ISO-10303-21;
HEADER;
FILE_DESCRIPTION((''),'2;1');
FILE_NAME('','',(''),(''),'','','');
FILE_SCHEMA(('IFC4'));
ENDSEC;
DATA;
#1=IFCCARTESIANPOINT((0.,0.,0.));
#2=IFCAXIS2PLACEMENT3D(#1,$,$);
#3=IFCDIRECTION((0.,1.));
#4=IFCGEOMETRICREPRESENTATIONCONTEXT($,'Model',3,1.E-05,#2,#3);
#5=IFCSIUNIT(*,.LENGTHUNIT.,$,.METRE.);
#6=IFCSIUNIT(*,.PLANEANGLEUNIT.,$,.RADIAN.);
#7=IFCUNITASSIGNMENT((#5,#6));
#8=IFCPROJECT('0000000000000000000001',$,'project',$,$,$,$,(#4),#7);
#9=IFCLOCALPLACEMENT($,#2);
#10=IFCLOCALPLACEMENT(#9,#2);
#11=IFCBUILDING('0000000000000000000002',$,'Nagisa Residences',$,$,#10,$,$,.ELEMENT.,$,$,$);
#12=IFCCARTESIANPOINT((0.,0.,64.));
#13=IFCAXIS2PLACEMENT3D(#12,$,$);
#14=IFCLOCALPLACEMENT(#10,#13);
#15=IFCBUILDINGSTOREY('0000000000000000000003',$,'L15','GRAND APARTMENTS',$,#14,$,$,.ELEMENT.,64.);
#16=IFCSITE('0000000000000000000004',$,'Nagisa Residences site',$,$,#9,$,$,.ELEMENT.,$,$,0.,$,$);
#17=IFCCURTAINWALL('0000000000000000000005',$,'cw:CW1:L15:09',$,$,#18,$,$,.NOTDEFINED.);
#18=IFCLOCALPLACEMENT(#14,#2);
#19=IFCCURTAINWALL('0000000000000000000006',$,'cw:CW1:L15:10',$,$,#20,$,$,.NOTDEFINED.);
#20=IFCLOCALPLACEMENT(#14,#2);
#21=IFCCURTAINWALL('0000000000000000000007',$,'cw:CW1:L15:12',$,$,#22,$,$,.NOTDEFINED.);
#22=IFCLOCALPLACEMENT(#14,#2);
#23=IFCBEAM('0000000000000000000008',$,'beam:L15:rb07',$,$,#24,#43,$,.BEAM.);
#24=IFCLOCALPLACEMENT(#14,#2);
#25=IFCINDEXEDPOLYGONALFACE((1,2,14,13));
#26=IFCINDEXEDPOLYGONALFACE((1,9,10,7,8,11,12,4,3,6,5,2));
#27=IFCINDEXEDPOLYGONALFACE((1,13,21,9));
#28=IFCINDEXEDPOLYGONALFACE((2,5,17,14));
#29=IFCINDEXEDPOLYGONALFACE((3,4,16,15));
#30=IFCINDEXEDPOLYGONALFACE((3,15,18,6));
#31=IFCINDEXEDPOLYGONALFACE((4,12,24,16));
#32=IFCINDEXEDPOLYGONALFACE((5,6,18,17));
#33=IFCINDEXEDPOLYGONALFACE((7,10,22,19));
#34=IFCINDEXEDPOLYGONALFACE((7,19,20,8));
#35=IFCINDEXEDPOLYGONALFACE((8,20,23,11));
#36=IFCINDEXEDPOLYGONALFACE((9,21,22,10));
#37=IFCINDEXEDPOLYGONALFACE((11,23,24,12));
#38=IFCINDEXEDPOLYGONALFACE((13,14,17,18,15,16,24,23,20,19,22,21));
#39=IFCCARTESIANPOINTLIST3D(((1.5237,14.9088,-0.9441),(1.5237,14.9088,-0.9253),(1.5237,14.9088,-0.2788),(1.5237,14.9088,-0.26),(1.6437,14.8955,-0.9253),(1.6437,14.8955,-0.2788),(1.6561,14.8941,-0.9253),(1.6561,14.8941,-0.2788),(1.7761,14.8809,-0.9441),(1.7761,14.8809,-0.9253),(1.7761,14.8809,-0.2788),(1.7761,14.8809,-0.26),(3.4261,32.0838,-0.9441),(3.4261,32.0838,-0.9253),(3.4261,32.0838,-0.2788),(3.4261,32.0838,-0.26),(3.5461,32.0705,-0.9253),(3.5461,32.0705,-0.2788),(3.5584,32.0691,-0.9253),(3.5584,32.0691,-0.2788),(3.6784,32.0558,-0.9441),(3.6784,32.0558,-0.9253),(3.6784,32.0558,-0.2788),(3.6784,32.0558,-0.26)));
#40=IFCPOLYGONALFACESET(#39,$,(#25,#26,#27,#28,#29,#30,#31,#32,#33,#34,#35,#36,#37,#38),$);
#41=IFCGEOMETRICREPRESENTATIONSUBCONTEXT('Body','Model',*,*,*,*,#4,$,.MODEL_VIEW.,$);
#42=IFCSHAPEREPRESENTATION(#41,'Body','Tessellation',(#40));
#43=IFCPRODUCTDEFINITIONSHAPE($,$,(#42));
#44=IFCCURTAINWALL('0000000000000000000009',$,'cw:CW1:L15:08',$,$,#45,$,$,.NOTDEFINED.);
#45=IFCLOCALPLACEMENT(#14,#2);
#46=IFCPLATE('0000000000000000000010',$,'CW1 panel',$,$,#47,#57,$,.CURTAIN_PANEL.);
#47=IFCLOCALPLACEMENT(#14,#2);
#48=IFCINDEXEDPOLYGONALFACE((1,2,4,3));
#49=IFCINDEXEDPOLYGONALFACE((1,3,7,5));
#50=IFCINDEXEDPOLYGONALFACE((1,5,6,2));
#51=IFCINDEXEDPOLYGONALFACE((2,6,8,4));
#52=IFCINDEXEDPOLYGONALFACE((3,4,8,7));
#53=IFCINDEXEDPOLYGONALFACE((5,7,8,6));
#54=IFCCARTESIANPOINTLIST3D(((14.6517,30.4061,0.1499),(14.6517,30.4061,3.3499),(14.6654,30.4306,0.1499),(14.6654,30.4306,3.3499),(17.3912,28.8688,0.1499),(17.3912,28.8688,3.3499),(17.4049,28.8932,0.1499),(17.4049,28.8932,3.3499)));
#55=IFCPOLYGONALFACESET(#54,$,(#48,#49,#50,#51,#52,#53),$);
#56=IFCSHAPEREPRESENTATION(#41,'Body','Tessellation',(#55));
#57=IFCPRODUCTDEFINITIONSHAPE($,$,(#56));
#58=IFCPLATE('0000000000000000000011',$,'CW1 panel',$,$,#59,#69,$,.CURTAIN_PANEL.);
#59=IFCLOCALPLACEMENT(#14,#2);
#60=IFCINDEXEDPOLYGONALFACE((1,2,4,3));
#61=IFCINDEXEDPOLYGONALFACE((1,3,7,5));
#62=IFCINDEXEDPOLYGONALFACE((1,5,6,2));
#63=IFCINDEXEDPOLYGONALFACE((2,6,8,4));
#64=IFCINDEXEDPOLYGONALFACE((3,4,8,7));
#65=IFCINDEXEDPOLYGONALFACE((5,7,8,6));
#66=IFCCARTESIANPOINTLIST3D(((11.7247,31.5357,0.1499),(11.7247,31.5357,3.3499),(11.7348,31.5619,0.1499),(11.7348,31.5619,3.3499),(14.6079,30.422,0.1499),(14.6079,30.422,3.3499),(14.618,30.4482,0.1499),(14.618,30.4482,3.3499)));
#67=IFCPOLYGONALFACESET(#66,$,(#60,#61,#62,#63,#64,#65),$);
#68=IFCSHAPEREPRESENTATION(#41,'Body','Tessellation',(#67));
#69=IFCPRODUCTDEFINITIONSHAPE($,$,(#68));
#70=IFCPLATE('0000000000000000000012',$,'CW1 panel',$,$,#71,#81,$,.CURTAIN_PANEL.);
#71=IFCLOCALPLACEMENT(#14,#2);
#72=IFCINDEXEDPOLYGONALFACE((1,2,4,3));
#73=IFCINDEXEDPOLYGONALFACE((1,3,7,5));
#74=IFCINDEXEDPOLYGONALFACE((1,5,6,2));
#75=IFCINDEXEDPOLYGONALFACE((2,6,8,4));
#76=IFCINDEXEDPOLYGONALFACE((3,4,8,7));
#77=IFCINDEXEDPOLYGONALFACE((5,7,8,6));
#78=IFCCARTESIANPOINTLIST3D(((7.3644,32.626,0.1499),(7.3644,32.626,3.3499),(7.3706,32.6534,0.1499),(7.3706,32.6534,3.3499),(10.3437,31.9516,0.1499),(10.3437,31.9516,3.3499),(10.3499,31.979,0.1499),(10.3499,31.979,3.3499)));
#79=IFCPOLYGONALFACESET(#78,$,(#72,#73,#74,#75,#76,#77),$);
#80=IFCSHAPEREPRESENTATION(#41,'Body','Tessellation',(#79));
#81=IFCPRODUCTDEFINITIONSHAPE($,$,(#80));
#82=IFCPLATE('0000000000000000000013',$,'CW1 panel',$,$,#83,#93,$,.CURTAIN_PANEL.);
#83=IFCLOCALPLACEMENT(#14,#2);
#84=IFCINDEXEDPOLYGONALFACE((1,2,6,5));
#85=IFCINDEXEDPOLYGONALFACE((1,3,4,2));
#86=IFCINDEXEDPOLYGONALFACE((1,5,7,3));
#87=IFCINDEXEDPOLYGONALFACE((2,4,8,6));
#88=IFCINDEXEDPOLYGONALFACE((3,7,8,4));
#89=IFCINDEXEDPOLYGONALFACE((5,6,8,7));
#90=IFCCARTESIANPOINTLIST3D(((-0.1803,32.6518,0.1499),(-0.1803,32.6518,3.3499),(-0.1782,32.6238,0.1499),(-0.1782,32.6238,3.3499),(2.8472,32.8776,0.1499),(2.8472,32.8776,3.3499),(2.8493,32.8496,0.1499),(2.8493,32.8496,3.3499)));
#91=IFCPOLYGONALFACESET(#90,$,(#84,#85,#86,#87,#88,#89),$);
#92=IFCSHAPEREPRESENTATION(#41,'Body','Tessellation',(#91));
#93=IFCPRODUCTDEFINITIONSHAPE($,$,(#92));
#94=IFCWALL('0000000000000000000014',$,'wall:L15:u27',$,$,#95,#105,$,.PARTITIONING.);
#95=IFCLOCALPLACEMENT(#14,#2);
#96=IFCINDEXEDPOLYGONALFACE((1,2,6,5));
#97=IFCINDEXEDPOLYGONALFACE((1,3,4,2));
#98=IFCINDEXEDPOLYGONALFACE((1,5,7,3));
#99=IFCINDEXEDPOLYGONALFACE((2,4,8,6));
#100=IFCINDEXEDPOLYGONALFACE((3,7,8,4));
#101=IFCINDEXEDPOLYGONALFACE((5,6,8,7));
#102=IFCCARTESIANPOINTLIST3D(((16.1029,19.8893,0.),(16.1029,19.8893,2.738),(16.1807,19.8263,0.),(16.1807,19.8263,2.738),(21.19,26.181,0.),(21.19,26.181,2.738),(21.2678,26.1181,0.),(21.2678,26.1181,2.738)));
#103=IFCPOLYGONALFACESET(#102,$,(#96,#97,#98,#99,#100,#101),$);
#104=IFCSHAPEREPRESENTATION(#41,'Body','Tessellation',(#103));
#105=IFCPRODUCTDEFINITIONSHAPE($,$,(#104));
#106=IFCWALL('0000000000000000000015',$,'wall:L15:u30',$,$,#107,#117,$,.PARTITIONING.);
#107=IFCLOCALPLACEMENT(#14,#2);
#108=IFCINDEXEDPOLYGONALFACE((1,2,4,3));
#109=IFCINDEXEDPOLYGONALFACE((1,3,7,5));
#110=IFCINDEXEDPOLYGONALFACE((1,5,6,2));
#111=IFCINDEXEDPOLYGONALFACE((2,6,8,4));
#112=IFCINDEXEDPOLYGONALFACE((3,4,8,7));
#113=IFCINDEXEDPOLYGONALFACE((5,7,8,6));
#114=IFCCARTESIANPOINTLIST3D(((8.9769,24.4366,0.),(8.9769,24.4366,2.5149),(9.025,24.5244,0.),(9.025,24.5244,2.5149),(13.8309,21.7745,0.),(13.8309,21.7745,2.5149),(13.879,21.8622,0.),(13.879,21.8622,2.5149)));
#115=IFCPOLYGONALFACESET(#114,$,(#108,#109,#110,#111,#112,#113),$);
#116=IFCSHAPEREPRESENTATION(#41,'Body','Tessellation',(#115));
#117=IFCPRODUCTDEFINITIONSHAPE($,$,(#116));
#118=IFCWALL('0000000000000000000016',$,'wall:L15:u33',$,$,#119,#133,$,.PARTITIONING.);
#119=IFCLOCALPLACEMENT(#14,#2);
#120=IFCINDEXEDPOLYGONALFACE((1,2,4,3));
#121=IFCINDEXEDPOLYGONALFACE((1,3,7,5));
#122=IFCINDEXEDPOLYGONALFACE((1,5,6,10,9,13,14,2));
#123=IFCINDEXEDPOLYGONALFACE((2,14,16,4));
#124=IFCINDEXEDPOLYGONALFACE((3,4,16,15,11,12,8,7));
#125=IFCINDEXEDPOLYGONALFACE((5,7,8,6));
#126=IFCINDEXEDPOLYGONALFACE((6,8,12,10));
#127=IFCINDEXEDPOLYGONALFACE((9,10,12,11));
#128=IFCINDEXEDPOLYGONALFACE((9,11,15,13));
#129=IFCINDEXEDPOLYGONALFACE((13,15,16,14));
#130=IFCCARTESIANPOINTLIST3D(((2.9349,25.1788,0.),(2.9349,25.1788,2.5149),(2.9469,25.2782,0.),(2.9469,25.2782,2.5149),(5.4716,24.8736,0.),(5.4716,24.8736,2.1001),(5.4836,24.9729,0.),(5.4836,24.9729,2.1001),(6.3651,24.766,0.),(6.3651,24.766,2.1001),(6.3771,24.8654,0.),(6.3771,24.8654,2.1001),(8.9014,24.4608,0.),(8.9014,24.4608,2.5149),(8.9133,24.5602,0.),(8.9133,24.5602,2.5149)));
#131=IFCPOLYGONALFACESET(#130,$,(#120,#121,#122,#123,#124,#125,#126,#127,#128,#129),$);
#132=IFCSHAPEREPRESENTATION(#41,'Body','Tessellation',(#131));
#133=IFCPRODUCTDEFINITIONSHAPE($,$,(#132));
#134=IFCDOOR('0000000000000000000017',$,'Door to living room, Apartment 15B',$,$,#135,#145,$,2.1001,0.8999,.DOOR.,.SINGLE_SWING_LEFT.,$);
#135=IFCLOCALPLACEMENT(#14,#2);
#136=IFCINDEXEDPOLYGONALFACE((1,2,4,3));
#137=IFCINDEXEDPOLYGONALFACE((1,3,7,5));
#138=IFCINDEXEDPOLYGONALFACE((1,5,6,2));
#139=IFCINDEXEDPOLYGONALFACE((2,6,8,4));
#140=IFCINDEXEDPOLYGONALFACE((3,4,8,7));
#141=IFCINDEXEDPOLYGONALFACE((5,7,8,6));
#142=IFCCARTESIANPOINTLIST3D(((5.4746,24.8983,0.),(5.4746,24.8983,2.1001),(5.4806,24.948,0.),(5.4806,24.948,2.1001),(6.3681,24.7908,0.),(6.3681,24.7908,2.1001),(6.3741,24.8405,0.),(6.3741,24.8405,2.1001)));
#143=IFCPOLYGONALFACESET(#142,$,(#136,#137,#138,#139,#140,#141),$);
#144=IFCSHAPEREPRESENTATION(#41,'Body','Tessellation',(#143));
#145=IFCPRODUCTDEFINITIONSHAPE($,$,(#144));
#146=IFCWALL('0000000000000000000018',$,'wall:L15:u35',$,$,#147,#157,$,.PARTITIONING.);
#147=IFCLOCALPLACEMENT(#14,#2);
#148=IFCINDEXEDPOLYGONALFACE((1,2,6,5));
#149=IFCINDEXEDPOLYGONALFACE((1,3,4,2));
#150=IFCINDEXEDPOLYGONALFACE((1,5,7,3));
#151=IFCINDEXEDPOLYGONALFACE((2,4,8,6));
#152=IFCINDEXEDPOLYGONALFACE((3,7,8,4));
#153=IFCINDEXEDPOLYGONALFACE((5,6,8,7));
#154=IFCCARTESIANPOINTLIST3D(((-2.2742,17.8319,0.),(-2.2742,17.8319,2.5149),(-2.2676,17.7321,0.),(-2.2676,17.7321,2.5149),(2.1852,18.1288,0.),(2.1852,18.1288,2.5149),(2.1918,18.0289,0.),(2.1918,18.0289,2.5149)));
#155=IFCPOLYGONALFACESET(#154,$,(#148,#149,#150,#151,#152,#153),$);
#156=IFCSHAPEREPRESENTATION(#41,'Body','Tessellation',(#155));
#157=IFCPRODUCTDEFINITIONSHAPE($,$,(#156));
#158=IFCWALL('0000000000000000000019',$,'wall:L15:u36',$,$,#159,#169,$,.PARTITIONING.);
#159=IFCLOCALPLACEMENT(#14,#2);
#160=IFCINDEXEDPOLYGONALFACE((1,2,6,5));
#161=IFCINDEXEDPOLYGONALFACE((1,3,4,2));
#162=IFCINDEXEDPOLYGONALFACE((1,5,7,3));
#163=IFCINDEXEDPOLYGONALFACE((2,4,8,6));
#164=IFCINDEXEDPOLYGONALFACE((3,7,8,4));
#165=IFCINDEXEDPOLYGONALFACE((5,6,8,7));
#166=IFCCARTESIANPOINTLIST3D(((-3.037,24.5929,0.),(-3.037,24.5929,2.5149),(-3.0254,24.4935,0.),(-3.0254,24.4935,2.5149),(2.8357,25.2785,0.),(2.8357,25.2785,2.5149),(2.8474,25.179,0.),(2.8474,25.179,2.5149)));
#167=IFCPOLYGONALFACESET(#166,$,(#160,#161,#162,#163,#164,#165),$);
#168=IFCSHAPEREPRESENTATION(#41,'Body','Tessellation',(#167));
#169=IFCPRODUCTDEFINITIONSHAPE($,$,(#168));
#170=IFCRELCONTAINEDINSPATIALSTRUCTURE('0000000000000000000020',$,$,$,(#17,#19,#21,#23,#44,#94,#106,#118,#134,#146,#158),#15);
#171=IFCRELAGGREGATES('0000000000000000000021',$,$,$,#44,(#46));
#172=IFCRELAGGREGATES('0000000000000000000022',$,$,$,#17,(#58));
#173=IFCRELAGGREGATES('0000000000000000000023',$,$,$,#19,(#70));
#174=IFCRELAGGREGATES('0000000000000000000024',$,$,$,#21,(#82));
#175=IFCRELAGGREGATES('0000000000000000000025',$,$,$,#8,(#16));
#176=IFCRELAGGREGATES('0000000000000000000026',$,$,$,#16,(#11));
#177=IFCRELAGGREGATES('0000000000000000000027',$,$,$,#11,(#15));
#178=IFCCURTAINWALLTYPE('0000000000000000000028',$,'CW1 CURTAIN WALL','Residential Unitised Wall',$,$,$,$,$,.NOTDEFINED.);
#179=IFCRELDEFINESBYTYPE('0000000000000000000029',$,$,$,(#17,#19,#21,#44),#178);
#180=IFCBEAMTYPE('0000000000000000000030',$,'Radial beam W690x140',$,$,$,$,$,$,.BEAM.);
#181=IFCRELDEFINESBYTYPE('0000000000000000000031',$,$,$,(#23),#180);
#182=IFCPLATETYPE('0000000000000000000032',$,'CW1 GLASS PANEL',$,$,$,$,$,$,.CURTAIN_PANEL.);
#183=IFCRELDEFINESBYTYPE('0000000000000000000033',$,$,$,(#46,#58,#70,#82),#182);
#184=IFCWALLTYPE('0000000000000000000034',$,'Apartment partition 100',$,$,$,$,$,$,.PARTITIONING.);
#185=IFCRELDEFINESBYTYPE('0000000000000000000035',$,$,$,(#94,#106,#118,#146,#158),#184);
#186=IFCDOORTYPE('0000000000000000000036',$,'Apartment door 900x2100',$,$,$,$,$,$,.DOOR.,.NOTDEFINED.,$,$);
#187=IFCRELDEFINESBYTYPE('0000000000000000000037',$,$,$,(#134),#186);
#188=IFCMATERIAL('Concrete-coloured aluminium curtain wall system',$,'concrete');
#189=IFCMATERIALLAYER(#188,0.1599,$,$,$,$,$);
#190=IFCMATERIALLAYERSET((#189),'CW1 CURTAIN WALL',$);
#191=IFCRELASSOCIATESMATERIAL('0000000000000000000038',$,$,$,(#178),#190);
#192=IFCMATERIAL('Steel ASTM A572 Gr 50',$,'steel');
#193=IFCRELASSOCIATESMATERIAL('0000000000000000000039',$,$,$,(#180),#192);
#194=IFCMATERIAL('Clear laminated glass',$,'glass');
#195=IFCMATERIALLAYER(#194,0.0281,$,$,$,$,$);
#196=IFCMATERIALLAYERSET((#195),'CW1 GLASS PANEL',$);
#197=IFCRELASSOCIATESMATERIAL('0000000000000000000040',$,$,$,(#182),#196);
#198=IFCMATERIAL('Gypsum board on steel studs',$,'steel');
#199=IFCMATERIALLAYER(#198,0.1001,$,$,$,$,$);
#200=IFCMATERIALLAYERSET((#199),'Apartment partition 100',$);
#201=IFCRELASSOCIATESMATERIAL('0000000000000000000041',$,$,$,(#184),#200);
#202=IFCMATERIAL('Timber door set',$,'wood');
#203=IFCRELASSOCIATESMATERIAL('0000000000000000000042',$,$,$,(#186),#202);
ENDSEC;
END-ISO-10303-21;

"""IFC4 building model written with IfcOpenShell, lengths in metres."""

from ifc_helpers import new_model, si_unit, direction, frame, frame_2d, origin, origin_2d, place, context, subcontext, project, spatial, rectangle, i_section, extrude, material, layer, layer_set, material_profile, profile_set, type_object, element, fill, aggregate, save


model = new_model("IFC4")

# Units and contexts
model_context = context("Model", 3, precision=1e-05, world=origin(), true_north=direction((0.0, 1.0)))
body_context = subcontext(model_context, "Body", "Model", "MODEL_VIEW")
ifc_project = project(units=[si_unit("LENGTHUNIT", "METRE"), si_unit("PLANEANGLEUNIT", "RADIAN")], contexts=[model_context])

# Site, building, storey
site_placement = place(None, origin())
site = spatial("IfcSite", under=ifc_project, at=site_placement, Name="Nagisa Residences site", CompositionType="ELEMENT", RefElevation=0.0)
building_placement = place(site_placement, origin())
building = spatial("IfcBuilding", under=site, at=building_placement, Name="Nagisa Residences", CompositionType="ELEMENT")
storey_placement = place(building_placement, frame((0.0, 0.0, 64.0)))
storey = spatial("IfcBuildingStorey", under=building, at=storey_placement, Name="L15", Description="GRAND APARTMENTS", CompositionType="ELEMENT", Elevation=64.0)

# Curtain walls
ifc_material_1 = material(Name="Concrete-coloured aluminium curtain wall system", Category="concrete")
ifc_layer_1 = layer(ifc_material_1, 0.1599)
ifc_layer_set_1 = layer_set([ifc_layer_1], Name="CW1 CURTAIN WALL")
curtain_wall_type = type_object("IfcCurtainWallType", Name="CW1 CURTAIN WALL", Description="Residential Unitised Wall", PredefinedType="NOTDEFINED", material=ifc_layer_set_1)
curtain_wall_1_placement = place(storey_placement, origin())
curtain_wall_1 = element("IfcCurtainWall", 1, at=curtain_wall_1_placement, inside=storey, type_object=curtain_wall_type, Name="cw:CW1:L15:09", PredefinedType="NOTDEFINED")
curtain_wall_2_placement = place(storey_placement, origin())
curtain_wall_2 = element("IfcCurtainWall", 2, at=curtain_wall_2_placement, inside=storey, type_object=curtain_wall_type, Name="cw:CW1:L15:10", PredefinedType="NOTDEFINED")
curtain_wall_3_placement = place(storey_placement, origin())
curtain_wall_3 = element("IfcCurtainWall", 3, at=curtain_wall_3_placement, inside=storey, type_object=curtain_wall_type, Name="cw:CW1:L15:12", PredefinedType="NOTDEFINED")

# Beam
ifc_material_2 = material(Name="Steel ASTM A572 Gr 50", Category="steel")
ifc_material_profile_1 = material_profile(ifc_material_2, i_section(OverallWidth=0.2539, OverallDepth=0.6841, WebThickness=0.0125, FlangeThickness=0.0188, at=origin_2d()), Name="W690x140")
ifc_profile_set_1 = profile_set([ifc_material_profile_1], Name="Steel ASTM A572 Gr 50")
beam_type_1 = type_object("IfcBeamType", Name="Radial beam W690x140", PredefinedType="BEAM", material=ifc_profile_set_1)
beam_1_placement = place(storey_placement, frame((3.5522, 32.0698, -0.6021), z_axis=(-0.110089, -0.993922, 0.0), x_axis=(0.993922, -0.110089, 0.0)))
element("IfcBeam", 4, at=beam_1_placement, inside=storey, type_object=beam_type_1, Name="beam:L15:rb07", PredefinedType="BEAM", context=body_context, shape_type="SweptSolid", body=[
    extrude(i_section(OverallWidth=0.2539, OverallDepth=0.6841, WebThickness=0.0125, FlangeThickness=0.0188, at=origin_2d()), origin(), (0.0, 0.0, 1.0), 17.28),
])

# Curtain wall, plate
curtain_wall_4_placement = place(storey_placement, origin())
curtain_wall_4 = element("IfcCurtainWall", 5, at=curtain_wall_4_placement, inside=storey, type_object=curtain_wall_type, Name="cw:CW1:L15:08", PredefinedType="NOTDEFINED")
ifc_material_3 = material(Name="Clear laminated glass", Category="glass")
ifc_layer_2 = layer(ifc_material_3, 0.0281)
ifc_layer_set_2 = layer_set([ifc_layer_2], Name="CW1 GLASS PANEL")
plate_type = type_object("IfcPlateType", Name="CW1 GLASS PANEL", PredefinedType="CURTAIN_PANEL", material=ifc_layer_set_2)
plate_1_placement = place(storey_placement, frame((16.0283, 29.6497, 0.1499), z_axis=(0.0, 0.0, 1.0), x_axis=(-0.872072, 0.489377, 0.0)))
plate_1 = element("IfcPlate", 6, at=plate_1_placement, type_object=plate_type, Name="CW1 panel", PredefinedType="CURTAIN_PANEL", context=body_context, shape_type="SweptSolid", body=[
    extrude(rectangle(XDim=3.1414, YDim=0.0281, at=origin_2d()), origin(), (0.0, 0.0, 1.0), 3.2),
])
aggregate(curtain_wall_4, [plate_1])

# Plates
plate_2_placement = place(storey_placement, frame((13.1714, 30.9919, 0.1499), z_axis=(0.0, 0.0, 1.0), x_axis=(-0.932826, 0.360328, 0.0)))
plate_2 = element("IfcPlate", 7, at=plate_2_placement, type_object=plate_type, Name="CW1 panel", PredefinedType="CURTAIN_PANEL", context=body_context, shape_type="SweptSolid", body=[
    extrude(rectangle(XDim=3.0908, YDim=0.0281, at=origin_2d()), origin(), (0.0, 0.0, 1.0), 3.2),
])
aggregate(curtain_wall_1, [plate_2])
plate_3_placement = place(storey_placement, frame((8.8572, 32.3025, 0.1499), z_axis=(0.0, 0.0, 1.0), x_axis=(-0.975327, 0.220764, 0.0)))
plate_3 = element("IfcPlate", 8, at=plate_3_placement, type_object=plate_type, Name="CW1 panel", PredefinedType="CURTAIN_PANEL", context=body_context, shape_type="SweptSolid", body=[
    extrude(rectangle(XDim=3.0547, YDim=0.0281, at=origin_2d()), origin(), (0.0, 0.0, 1.0), 3.2),
])
aggregate(curtain_wall_2, [plate_3])
plate_4_placement = place(storey_placement, frame((1.3345, 32.7507, 0.1499), z_axis=(0.0, 0.0, 1.0), x_axis=(-0.99723, -0.074377, 0.0)))
plate_4 = element("IfcPlate", 9, at=plate_4_placement, type_object=plate_type, Name="CW1 panel", PredefinedType="CURTAIN_PANEL", context=body_context, shape_type="SweptSolid", body=[
    extrude(rectangle(XDim=3.0359, YDim=0.0281, at=origin_2d()), origin(), (0.0, 0.0, 1.0), 3.2),
])
aggregate(curtain_wall_3, [plate_4])

# Walls
ifc_material_4 = material(Name="Gypsum board on steel studs", Category="steel")
ifc_layer_3 = layer(ifc_material_4, 0.1001)
ifc_layer_set_3 = layer_set([ifc_layer_3], Name="Apartment partition 100")
wall_type_1 = type_object("IfcWallType", Name="Apartment partition 100", PredefinedType="PARTITIONING", material=ifc_layer_set_3)
wall_1_placement = place(storey_placement, frame((16.1418, 19.8579, 0.0), z_axis=(0.0, 0.0, 1.0), x_axis=(0.628738, 0.777617, 0.0)))
element("IfcWall", 10, at=wall_1_placement, inside=storey, type_object=wall_type_1, Name="wall:L15:u27", PredefinedType="PARTITIONING", context=body_context, shape_type="SweptSolid", body=[
    extrude(rectangle(XDim=8.0911, YDim=0.1001, at=frame_2d((4.0454, 0.0))), origin(), (0.0, 0.0, 1.0), 2.738),
])
wall_2_placement = place(storey_placement, frame((13.855, 21.8184, 0.0), z_axis=(0.0, 0.0, 1.0), x_axis=(-0.876794, 0.480865, 0.0)))
element("IfcWall", 11, at=wall_2_placement, inside=storey, type_object=wall_type_1, Name="wall:L15:u30", PredefinedType="PARTITIONING", context=body_context, shape_type="SweptSolid", body=[
    extrude(rectangle(XDim=5.5361, YDim=0.1001, at=frame_2d((2.7681, 0.0))), origin(), (0.0, 0.0, 1.0), 2.5149),
])

# Wall, opening, door
wall_3_placement = place(storey_placement, frame((8.9075, 24.5105, 0.0), z_axis=(0.0, 0.0, 1.0), x_axis=(-0.992837, 0.119478, 0.0)))
wall_3 = element("IfcWall", 12, at=wall_3_placement, inside=storey, type_object=wall_type_1, Name="wall:L15:u33", PredefinedType="PARTITIONING", context=body_context, shape_type="SweptSolid", body=[
    extrude(rectangle(XDim=6.0095, YDim=0.1001, at=frame_2d((3.0049, 0.0))), origin(), (0.0, 0.0, 1.0), 2.5149),
])
opening_1_placement = place(wall_3_placement, frame((2.5547, 0.0, 0.0)))
opening_1 = element("IfcOpeningElement", 13, at=opening_1_placement, cuts=wall_3, PredefinedType="OPENING", context=body_context, shape_type="SweptSolid", body=[
    extrude(rectangle(XDim=0.8999, YDim=2.1001, at=frame_2d((0.45, 1.05))), frame((0.0, 0.0601, 0.0), z_axis=(0.0, -1.0, 0.0), x_axis=(1.0, 0.0, 0.0)), (0.0, 0.0, 1.0), 0.1201),
])
ifc_material_5 = material(Name="Timber door set", Category="wood")
door_type_1 = type_object("IfcDoorType", Name="Apartment door 900x2100", OperationType="NOTDEFINED", PredefinedType="DOOR", material=ifc_material_5)
door_1_placement = place(opening_1_placement, frame((0.8999, 0.0, 0.0), x_axis=(-1.0, 0.0, 0.0)))
door_1 = element("IfcDoor", 14, at=door_1_placement, inside=storey, type_object=door_type_1, Name="Door to living room, Apartment 15B", OperationType="SINGLE_SWING_LEFT", OverallHeight=2.1001, OverallWidth=0.8999, PredefinedType="DOOR", context=body_context, shape_type="SweptSolid", body=[
    extrude(rectangle(XDim=0.8999, YDim=2.1001, at=frame_2d((0.45, 1.05))), frame((0.0, 0.0249, 0.0), z_axis=(0.0, -1.0, 0.0), x_axis=(1.0, 0.0, 0.0)), (0.0, 0.0, 1.0), 0.05),
])
fill(opening_1, door_1)

# Walls
wall_4_placement = place(storey_placement, frame((2.1885, 18.0789, 0.0), z_axis=(0.0, 0.0, 1.0), x_axis=(-0.997791, -0.066425, 0.0)))
element("IfcWall", 15, at=wall_4_placement, inside=storey, type_object=wall_type_1, Name="wall:L15:u35", PredefinedType="PARTITIONING", context=body_context, shape_type="SweptSolid", body=[
    extrude(rectangle(XDim=4.4692, YDim=0.1001, at=frame_2d((2.2346, 0.0))), origin(), (0.0, 0.0, 1.0), 2.5149),
])
wall_5_placement = place(storey_placement, frame((2.8416, 25.2288, 0.0), z_axis=(0.0, 0.0, 1.0), x_axis=(-0.993256, -0.115945, 0.0)))
element("IfcWall", 16, at=wall_5_placement, inside=storey, type_object=wall_type_1, Name="wall:L15:u36", PredefinedType="PARTITIONING", context=body_context, shape_type="SweptSolid", body=[
    extrude(rectangle(XDim=5.9126, YDim=0.1001, at=frame_2d((2.9563, 0.0))), origin(), (0.0, 0.0, 1.0), 2.5149),
])

save(model, "model.ifc")
